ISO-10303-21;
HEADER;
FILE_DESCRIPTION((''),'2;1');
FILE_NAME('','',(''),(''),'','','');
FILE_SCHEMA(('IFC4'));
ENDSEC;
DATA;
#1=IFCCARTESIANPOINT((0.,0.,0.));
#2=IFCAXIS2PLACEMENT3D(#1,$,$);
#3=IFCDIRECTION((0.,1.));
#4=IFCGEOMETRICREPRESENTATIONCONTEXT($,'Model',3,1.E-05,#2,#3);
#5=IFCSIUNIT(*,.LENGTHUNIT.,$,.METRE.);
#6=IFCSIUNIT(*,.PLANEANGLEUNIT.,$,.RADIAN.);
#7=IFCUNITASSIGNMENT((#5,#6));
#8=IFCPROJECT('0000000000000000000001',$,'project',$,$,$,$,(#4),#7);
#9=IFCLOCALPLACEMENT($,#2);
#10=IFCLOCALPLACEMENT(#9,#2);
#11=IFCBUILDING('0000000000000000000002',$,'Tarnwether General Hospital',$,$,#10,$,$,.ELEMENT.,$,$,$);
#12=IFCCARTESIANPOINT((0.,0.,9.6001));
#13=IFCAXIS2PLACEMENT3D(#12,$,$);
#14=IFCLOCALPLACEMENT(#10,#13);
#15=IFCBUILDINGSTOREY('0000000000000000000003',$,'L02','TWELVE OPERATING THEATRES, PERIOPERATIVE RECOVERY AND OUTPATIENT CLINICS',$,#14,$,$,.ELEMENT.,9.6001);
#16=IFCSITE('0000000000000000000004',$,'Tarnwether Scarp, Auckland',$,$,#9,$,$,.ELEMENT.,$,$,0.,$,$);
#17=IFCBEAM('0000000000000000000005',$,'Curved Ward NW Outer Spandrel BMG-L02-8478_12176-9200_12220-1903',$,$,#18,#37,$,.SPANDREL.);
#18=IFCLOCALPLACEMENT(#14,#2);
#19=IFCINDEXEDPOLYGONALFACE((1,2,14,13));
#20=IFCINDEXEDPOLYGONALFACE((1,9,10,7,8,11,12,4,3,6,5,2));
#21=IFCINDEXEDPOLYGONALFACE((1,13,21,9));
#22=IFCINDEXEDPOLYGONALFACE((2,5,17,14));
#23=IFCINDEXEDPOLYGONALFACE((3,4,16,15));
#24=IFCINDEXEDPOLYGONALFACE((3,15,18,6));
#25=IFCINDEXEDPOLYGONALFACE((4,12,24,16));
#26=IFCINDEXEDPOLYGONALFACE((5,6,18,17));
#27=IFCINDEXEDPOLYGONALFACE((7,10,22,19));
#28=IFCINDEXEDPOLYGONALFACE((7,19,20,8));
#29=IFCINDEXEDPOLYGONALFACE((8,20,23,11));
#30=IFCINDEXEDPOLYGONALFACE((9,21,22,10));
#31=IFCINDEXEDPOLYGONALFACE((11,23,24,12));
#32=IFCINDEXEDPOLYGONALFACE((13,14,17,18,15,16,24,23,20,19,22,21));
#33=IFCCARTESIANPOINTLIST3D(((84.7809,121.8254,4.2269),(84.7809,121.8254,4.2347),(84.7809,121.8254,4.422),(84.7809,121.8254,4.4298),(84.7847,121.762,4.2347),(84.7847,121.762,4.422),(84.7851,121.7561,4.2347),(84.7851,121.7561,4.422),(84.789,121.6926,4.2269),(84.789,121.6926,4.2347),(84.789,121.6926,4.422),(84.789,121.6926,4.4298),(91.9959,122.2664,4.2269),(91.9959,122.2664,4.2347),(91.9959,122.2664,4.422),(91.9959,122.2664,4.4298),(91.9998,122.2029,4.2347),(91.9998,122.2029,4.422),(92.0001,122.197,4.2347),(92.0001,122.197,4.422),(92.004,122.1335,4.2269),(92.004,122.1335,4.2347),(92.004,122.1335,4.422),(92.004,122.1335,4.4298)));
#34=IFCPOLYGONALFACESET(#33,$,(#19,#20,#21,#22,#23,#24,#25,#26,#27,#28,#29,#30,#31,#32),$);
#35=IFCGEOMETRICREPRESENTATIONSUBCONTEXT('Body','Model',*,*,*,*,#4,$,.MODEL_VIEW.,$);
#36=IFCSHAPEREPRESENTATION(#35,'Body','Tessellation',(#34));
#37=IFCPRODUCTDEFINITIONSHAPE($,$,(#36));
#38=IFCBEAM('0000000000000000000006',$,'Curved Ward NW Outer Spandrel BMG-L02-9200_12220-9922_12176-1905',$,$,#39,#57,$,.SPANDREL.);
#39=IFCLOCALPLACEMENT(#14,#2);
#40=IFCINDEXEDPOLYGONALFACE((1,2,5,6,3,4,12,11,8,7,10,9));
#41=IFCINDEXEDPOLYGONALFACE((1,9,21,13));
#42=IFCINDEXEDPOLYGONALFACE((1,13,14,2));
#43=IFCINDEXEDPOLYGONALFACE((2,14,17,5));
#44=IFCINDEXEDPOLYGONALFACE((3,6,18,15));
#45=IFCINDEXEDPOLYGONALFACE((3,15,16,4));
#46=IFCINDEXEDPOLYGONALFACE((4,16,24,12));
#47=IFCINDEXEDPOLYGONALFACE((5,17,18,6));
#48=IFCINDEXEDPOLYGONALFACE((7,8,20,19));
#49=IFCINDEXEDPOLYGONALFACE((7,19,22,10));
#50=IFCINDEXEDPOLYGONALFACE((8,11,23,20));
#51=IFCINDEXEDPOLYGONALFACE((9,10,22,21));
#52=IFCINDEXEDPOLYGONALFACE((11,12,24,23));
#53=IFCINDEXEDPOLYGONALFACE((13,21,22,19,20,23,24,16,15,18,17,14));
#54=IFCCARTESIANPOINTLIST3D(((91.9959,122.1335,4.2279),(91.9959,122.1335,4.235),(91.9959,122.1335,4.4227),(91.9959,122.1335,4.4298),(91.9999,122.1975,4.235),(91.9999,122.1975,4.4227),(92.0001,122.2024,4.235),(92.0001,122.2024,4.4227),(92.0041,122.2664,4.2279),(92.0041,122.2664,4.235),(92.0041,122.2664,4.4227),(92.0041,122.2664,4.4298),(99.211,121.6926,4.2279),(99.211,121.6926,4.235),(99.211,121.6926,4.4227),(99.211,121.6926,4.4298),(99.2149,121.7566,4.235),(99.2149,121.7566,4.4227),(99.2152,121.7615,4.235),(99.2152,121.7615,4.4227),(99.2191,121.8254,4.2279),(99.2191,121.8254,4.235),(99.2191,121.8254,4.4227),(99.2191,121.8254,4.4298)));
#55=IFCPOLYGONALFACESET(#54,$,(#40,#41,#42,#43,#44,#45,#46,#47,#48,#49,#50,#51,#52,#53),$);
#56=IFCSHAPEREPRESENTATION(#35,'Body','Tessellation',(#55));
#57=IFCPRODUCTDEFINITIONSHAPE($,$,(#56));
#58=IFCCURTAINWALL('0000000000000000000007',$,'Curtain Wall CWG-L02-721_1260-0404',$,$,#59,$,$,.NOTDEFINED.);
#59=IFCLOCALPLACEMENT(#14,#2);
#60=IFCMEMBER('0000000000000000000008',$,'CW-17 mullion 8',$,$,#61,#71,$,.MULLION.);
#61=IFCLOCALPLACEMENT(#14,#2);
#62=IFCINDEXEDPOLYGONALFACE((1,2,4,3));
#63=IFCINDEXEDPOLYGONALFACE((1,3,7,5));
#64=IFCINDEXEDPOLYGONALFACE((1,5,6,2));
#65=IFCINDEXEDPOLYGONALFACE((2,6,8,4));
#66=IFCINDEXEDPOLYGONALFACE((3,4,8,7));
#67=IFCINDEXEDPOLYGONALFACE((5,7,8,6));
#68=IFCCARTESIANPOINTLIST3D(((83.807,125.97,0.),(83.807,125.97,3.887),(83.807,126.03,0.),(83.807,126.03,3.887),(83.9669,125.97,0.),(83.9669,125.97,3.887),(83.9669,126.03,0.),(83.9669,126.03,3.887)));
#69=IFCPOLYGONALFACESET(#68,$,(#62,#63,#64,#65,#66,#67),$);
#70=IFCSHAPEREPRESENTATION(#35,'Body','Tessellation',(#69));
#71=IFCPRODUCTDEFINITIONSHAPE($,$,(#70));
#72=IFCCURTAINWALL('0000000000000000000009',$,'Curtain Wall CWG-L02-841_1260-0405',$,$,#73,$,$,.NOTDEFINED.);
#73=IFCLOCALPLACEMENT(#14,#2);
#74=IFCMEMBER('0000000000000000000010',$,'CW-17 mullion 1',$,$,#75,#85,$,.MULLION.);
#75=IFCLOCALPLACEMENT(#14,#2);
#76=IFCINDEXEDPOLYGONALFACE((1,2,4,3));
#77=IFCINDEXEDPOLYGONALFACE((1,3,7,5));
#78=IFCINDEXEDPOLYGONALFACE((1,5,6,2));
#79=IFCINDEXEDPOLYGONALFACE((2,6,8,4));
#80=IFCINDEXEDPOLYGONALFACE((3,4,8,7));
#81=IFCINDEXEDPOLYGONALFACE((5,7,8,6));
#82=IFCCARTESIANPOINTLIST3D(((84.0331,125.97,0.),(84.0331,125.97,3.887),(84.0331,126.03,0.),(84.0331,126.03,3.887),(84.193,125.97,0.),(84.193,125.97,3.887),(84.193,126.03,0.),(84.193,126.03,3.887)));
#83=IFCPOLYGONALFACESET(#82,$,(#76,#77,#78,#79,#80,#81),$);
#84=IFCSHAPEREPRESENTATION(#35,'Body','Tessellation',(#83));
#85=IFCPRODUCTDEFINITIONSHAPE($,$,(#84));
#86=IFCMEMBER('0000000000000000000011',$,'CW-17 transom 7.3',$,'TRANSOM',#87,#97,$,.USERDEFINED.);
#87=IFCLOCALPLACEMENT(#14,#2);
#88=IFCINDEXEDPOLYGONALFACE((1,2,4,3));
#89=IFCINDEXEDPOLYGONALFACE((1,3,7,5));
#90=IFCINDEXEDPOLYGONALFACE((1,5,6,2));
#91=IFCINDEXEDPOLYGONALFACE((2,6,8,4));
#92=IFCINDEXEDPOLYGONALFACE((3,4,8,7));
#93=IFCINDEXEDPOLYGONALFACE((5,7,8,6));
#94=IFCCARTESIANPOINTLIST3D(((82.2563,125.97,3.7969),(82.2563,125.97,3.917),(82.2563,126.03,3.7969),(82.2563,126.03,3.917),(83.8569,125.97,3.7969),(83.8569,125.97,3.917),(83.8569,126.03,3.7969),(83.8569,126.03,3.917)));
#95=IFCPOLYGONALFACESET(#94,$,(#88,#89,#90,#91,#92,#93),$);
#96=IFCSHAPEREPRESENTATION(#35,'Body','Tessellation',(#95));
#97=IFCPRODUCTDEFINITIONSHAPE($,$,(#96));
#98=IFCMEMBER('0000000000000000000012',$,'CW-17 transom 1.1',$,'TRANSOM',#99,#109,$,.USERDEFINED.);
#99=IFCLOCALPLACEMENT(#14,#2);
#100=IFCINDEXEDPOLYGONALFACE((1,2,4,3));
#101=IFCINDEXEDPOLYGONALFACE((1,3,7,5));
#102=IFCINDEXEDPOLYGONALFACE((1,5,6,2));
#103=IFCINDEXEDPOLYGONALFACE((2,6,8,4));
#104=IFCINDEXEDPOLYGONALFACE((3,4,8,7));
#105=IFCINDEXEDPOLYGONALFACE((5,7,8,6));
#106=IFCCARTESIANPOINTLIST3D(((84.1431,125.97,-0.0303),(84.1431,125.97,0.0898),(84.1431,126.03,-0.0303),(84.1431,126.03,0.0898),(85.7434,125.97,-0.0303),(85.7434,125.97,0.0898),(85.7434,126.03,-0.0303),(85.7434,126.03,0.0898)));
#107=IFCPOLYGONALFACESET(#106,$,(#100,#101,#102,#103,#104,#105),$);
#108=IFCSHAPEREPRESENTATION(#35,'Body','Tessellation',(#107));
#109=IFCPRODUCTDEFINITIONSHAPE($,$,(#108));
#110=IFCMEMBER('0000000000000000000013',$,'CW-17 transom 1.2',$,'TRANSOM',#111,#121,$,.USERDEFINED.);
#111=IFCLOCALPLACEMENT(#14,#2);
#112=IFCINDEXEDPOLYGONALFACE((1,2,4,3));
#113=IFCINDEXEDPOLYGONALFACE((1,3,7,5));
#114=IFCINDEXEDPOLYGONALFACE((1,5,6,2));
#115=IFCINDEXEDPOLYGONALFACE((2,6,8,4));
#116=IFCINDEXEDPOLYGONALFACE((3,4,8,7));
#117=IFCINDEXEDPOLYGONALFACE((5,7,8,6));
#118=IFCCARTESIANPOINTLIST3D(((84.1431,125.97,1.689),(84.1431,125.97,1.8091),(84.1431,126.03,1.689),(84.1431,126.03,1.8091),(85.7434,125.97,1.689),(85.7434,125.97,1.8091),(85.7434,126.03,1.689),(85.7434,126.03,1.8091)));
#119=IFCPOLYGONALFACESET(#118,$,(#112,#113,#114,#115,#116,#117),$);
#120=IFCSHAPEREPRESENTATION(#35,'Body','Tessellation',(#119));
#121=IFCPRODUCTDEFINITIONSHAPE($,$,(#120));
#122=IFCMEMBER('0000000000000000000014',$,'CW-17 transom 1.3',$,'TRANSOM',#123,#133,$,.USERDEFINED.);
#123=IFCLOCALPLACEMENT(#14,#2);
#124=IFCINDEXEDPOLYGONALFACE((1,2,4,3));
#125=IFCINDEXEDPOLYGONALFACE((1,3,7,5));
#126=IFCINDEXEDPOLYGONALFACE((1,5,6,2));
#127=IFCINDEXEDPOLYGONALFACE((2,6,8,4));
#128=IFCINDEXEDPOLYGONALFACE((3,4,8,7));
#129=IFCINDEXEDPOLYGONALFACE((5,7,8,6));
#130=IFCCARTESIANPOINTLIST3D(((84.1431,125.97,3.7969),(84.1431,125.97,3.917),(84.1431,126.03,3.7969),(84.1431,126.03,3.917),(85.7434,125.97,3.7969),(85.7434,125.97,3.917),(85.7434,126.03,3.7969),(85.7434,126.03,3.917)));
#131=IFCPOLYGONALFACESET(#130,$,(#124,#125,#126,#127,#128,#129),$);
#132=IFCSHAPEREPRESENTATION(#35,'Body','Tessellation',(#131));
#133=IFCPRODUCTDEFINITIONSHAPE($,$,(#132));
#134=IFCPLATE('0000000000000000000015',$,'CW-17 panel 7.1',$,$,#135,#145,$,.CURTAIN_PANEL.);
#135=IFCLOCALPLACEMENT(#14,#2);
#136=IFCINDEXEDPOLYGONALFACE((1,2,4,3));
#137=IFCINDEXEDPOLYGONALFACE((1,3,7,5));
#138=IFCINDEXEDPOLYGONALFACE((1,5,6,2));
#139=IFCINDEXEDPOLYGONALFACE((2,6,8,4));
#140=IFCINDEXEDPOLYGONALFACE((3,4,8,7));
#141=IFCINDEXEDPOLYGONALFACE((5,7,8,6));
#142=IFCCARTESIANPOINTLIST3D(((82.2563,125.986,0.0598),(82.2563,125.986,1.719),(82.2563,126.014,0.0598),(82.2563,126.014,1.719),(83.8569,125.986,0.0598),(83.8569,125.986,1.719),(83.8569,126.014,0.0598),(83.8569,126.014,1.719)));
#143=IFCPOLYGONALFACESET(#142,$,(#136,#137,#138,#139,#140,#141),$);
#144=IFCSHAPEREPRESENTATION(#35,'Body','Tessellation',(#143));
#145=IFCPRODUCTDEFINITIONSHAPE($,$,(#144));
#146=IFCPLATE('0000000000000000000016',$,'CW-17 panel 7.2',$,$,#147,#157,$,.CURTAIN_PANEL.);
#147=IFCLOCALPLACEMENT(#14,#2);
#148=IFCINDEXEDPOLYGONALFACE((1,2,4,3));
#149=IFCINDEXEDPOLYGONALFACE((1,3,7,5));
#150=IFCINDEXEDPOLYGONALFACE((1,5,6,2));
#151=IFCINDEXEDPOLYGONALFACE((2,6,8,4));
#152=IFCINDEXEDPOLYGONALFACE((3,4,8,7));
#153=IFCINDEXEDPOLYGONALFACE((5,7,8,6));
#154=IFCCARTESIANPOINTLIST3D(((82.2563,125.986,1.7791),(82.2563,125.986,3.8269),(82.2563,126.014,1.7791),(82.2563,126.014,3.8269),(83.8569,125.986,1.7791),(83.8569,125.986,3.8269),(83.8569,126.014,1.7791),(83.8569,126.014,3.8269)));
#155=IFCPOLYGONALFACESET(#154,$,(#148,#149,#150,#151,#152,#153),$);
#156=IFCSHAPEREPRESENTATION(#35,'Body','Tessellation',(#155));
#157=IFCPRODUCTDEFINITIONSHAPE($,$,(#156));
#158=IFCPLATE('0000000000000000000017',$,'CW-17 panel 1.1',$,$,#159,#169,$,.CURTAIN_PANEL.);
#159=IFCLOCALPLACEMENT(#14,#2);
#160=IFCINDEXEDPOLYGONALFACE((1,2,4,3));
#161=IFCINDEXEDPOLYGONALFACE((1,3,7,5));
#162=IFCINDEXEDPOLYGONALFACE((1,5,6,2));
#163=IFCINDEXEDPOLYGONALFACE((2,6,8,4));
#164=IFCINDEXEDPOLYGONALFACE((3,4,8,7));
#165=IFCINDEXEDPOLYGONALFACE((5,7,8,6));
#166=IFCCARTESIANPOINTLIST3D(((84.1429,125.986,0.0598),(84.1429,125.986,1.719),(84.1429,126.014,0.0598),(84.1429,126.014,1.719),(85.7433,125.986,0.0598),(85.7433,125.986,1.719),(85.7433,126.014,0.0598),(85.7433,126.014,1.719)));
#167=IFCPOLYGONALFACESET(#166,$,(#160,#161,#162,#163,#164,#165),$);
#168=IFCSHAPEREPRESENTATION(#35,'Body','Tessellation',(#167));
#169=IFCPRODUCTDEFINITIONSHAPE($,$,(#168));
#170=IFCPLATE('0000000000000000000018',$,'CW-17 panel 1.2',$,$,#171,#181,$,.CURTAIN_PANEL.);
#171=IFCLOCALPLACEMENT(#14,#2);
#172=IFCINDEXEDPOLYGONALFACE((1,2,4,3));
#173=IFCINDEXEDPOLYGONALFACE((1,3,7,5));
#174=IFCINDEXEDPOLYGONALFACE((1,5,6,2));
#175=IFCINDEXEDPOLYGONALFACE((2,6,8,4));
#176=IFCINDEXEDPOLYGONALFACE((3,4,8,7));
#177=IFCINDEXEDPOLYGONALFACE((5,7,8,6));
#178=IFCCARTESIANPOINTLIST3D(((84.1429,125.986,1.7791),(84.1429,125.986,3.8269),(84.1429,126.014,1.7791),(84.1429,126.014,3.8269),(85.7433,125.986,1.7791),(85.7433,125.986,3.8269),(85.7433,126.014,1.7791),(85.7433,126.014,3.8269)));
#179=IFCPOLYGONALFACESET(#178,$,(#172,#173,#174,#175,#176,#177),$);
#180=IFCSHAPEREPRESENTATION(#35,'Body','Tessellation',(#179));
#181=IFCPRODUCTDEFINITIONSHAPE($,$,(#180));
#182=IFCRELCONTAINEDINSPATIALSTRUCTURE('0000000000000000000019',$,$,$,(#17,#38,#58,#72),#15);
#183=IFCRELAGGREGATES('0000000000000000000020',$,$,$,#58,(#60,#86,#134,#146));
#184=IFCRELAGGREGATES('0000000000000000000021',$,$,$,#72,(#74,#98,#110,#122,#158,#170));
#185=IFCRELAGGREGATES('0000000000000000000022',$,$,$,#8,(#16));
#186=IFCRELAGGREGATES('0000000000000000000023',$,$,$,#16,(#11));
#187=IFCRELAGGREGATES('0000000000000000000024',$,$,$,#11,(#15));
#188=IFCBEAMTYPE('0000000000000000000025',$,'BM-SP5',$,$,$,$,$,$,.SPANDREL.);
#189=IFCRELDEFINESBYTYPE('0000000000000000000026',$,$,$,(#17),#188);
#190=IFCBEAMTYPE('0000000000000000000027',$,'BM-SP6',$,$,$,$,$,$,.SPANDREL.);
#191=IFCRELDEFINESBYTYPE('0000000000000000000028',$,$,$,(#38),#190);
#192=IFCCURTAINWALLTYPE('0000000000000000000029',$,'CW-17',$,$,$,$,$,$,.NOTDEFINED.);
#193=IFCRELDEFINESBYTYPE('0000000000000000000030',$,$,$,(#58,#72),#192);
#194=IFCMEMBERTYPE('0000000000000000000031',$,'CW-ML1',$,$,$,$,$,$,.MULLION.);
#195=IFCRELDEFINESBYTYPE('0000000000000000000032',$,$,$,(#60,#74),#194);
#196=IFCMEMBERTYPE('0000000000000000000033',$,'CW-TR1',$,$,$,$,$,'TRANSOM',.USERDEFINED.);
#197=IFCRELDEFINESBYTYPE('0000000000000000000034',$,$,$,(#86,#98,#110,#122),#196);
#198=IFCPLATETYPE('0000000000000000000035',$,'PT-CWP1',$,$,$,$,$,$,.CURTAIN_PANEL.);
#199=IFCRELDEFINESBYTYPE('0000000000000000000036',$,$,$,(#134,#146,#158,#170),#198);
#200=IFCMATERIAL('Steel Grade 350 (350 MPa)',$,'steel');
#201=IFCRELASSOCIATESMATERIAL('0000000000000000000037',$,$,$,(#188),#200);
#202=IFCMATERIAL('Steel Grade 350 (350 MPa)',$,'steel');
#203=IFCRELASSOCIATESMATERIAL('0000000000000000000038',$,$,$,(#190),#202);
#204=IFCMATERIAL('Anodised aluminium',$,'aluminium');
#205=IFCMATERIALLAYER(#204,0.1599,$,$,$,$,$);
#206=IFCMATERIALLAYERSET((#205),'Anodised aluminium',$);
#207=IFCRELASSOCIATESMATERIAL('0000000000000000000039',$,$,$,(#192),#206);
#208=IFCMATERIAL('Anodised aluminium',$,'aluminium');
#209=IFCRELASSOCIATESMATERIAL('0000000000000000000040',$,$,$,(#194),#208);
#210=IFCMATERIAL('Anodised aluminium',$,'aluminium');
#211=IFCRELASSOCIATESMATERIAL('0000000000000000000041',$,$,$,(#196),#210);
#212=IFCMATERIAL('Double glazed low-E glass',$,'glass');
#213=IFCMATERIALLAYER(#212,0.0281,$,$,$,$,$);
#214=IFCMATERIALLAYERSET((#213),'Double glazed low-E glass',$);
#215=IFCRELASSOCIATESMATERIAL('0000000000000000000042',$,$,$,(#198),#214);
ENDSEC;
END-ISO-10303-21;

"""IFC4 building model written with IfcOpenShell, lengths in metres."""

from ifc_helpers import new_model, si_unit, direction, frame, origin, origin_2d, place, context, subcontext, project, spatial, rectangle, i_section, extrude, material, layer, layer_set, material_profile, profile_set, type_object, element, aggregate, save


model = new_model("IFC4")

# Units and contexts
model_context = context("Model", 3, precision=1e-05, world=origin(), true_north=direction((0.0, 1.0)))
body_context = subcontext(model_context, "Body", "Model", "MODEL_VIEW")
ifc_project = project(units=[si_unit("LENGTHUNIT", "METRE"), si_unit("PLANEANGLEUNIT", "RADIAN")], contexts=[model_context])

# Site, building, storey
site_placement = place(None, origin())
site = spatial("IfcSite", under=ifc_project, at=site_placement, Name="Tarnwether Scarp, Auckland", CompositionType="ELEMENT", RefElevation=0.0)
building_placement = place(site_placement, origin())
building = spatial("IfcBuilding", under=site, at=building_placement, Name="Tarnwether General Hospital", CompositionType="ELEMENT")
storey_placement = place(building_placement, frame((0.0, 0.0, 9.6001)))
storey = spatial("IfcBuildingStorey", under=building, at=storey_placement, Name="L02", Description="TWELVE OPERATING THEATRES, PERIOPERATIVE RECOVERY AND OUTPATIENT CLINICS", CompositionType="ELEMENT", Elevation=9.6001)

# Beams
ifc_material_1 = material(Name="Steel Grade 350 (350 MPa)", Category="steel")
ifc_material_profile_1 = material_profile(ifc_material_1, i_section(OverallWidth=0.1331, OverallDepth=0.2029, WebThickness=0.0059, FlangeThickness=0.0078, at=origin_2d()), Name="200UB25.4")
ifc_profile_set_1 = profile_set([ifc_material_profile_1], Name="Steel Grade 350 (350 MPa)")
beam_type_1 = type_object("IfcBeamType", Name="BM-SP5", PredefinedType="SPANDREL", material=ifc_profile_set_1)
beam_1_placement = place(storey_placement, frame((84.7849, 121.759, 4.3284), z_axis=(0.998138, 0.060997, 0.0), x_axis=(-0.060997, 0.998138, 0.0)))
element("IfcBeam", 1, at=beam_1_placement, inside=storey, type_object=beam_type_1, Name="Curved Ward NW Outer Spandrel BMG-L02-8478_12176-9200_12220-1903", PredefinedType="SPANDREL", context=body_context, shape_type="SweptSolid", body=[
    extrude(i_section(OverallWidth=0.1331, OverallDepth=0.2029, WebThickness=0.0059, FlangeThickness=0.0078, at=origin_2d()), origin(), (0.0, 0.0, 1.0), 7.2285),
])
ifc_material_2 = material(Name="Steel Grade 350 (350 MPa)", Category="steel")
ifc_material_profile_2 = material_profile(ifc_material_2, i_section(OverallWidth=0.1331, OverallDepth=0.2019, WebThickness=0.0049, FlangeThickness=0.0071, at=origin_2d()), Name="200UB22.3")
ifc_profile_set_2 = profile_set([ifc_material_profile_2], Name="Steel Grade 350 (350 MPa)")
beam_type_2 = type_object("IfcBeamType", Name="BM-SP6", PredefinedType="SPANDREL", material=ifc_profile_set_2)
beam_2_placement = place(storey_placement, frame((92.0, 122.2, 4.3289), z_axis=(0.998138, -0.060997, 0.0), x_axis=(0.060997, 0.998138, 0.0)))
element("IfcBeam", 2, at=beam_2_placement, inside=storey, type_object=beam_type_2, Name="Curved Ward NW Outer Spandrel BMG-L02-9200_12220-9922_12176-1905", PredefinedType="SPANDREL", context=body_context, shape_type="SweptSolid", body=[
    extrude(i_section(OverallWidth=0.1331, OverallDepth=0.2019, WebThickness=0.0049, FlangeThickness=0.0071, at=origin_2d()), origin(), (0.0, 0.0, 1.0), 7.2285),
])

# Curtain walls, members
ifc_material_3 = material(Name="Anodised aluminium", Category="aluminium")
ifc_layer_1 = layer(ifc_material_3, 0.1599)
ifc_layer_set_1 = layer_set([ifc_layer_1], Name="Anodised aluminium")
curtain_wall_type = type_object("IfcCurtainWallType", Name="CW-17", PredefinedType="NOTDEFINED", material=ifc_layer_set_1)
curtain_wall_1_placement = place(storey_placement, origin())
curtain_wall_1 = element("IfcCurtainWall", 3, at=curtain_wall_1_placement, inside=storey, type_object=curtain_wall_type, Name="Curtain Wall CWG-L02-721_1260-0404", PredefinedType="NOTDEFINED")
ifc_material_4 = material(Name="Anodised aluminium", Category="aluminium")
ifc_material_profile_3 = material_profile(ifc_material_4, rectangle(XDim=0.0601, YDim=0.1599, at=origin_2d()), Name="ALU-MUL-60x160")
ifc_profile_set_3 = profile_set([ifc_material_profile_3], Name="Anodised aluminium")
member_type_1 = type_object("IfcMemberType", Name="CW-ML1", PredefinedType="MULLION", material=ifc_profile_set_3)
member_1_placement = place(storey_placement, frame((83.887, 126.0, 0.0), z_axis=(0.0, 0.0, 1.0), x_axis=(0.0, 1.0, 0.0)))
member_1 = element("IfcMember", 4, at=member_1_placement, type_object=member_type_1, Name="CW-17 mullion 8", PredefinedType="MULLION", context=body_context, shape_type="SweptSolid", body=[
    extrude(rectangle(XDim=0.0601, YDim=0.1599, at=origin_2d()), origin(), (0.0, 0.0, 1.0), 3.887),
])
curtain_wall_2_placement = place(storey_placement, origin())
curtain_wall_2 = element("IfcCurtainWall", 5, at=curtain_wall_2_placement, inside=storey, type_object=curtain_wall_type, Name="Curtain Wall CWG-L02-841_1260-0405", PredefinedType="NOTDEFINED")
member_2_placement = place(storey_placement, frame((84.113, 126.0, 0.0), z_axis=(0.0, 0.0, 1.0), x_axis=(0.0, 1.0, 0.0)))
member_2 = element("IfcMember", 6, at=member_2_placement, type_object=member_type_1, Name="CW-17 mullion 1", PredefinedType="MULLION", context=body_context, shape_type="SweptSolid", body=[
    extrude(rectangle(XDim=0.0601, YDim=0.1599, at=origin_2d()), origin(), (0.0, 0.0, 1.0), 3.887),
])

# Members
ifc_material_5 = material(Name="Anodised aluminium", Category="aluminium")
ifc_material_profile_4 = material_profile(ifc_material_5, rectangle(XDim=0.0601, YDim=0.1201, at=origin_2d()), Name="ALU-TRN-60x120")
ifc_profile_set_4 = profile_set([ifc_material_profile_4], Name="Anodised aluminium")
member_type_2 = type_object("IfcMemberType", Name="CW-TR1", ElementType="TRANSOM", PredefinedType="USERDEFINED", material=ifc_profile_set_4)
member_3_placement = place(storey_placement, frame((82.2563, 126.0, 3.8569), z_axis=(1.0, 0.0, 0.0), x_axis=(0.0, 1.0, 0.0)))
member_3 = element("IfcMember", 7, at=member_3_placement, type_object=member_type_2, Name="CW-17 transom 7.3", ObjectType="TRANSOM", PredefinedType="USERDEFINED", context=body_context, shape_type="SweptSolid", body=[
    extrude(rectangle(XDim=0.0601, YDim=0.1201, at=origin_2d()), origin(), (0.0, 0.0, 1.0), 1.6006),
])
member_4_placement = place(storey_placement, frame((84.1431, 126.0, 0.0298), z_axis=(1.0, 0.0, 0.0), x_axis=(0.0, 1.0, 0.0)))
member_4 = element("IfcMember", 8, at=member_4_placement, type_object=member_type_2, Name="CW-17 transom 1.1", ObjectType="TRANSOM", PredefinedType="USERDEFINED", context=body_context, shape_type="SweptSolid", body=[
    extrude(rectangle(XDim=0.0601, YDim=0.1201, at=origin_2d()), origin(), (0.0, 0.0, 1.0), 1.6003),
])
member_5_placement = place(storey_placement, frame((84.1431, 126.0, 1.749), z_axis=(1.0, 0.0, 0.0), x_axis=(0.0, 1.0, 0.0)))
member_5 = element("IfcMember", 9, at=member_5_placement, type_object=member_type_2, Name="CW-17 transom 1.2", ObjectType="TRANSOM", PredefinedType="USERDEFINED", context=body_context, shape_type="SweptSolid", body=[
    extrude(rectangle(XDim=0.0601, YDim=0.1201, at=origin_2d()), origin(), (0.0, 0.0, 1.0), 1.6003),
])
member_6_placement = place(storey_placement, frame((84.1431, 126.0, 3.8569), z_axis=(1.0, 0.0, 0.0), x_axis=(0.0, 1.0, 0.0)))
member_6 = element("IfcMember", 10, at=member_6_placement, type_object=member_type_2, Name="CW-17 transom 1.3", ObjectType="TRANSOM", PredefinedType="USERDEFINED", context=body_context, shape_type="SweptSolid", body=[
    extrude(rectangle(XDim=0.0601, YDim=0.1201, at=origin_2d()), origin(), (0.0, 0.0, 1.0), 1.6003),
])

# Plates
ifc_material_6 = material(Name="Double glazed low-E glass", Category="glass")
ifc_layer_2 = layer(ifc_material_6, 0.0281)
ifc_layer_set_2 = layer_set([ifc_layer_2], Name="Double glazed low-E glass")
plate_type_1 = type_object("IfcPlateType", Name="PT-CWP1", PredefinedType="CURTAIN_PANEL", material=ifc_layer_set_2)
plate_1_placement = place(storey_placement, frame((83.0566, 126.0, 0.0598), z_axis=(0.0, 0.0, 1.0), x_axis=(1.0, 0.0, 0.0)))
plate_1 = element("IfcPlate", 11, at=plate_1_placement, type_object=plate_type_1, Name="CW-17 panel 7.1", PredefinedType="CURTAIN_PANEL", context=body_context, shape_type="SweptSolid", body=[
    extrude(rectangle(XDim=1.6006, YDim=0.0281, at=origin_2d()), origin(), (0.0, 0.0, 1.0), 1.6592),
])
plate_2_placement = place(storey_placement, frame((83.0566, 126.0, 1.7791), z_axis=(0.0, 0.0, 1.0), x_axis=(1.0, 0.0, 0.0)))
plate_2 = element("IfcPlate", 12, at=plate_2_placement, type_object=plate_type_1, Name="CW-17 panel 7.2", PredefinedType="CURTAIN_PANEL", context=body_context, shape_type="SweptSolid", body=[
    extrude(rectangle(XDim=1.6006, YDim=0.0281, at=origin_2d()), origin(), (0.0, 0.0, 1.0), 2.0479),
])
aggregate(curtain_wall_1, [member_1, member_3, plate_1, plate_2])
plate_3_placement = place(storey_placement, frame((84.9431, 126.0, 0.0598), z_axis=(0.0, 0.0, 1.0), x_axis=(1.0, 0.0, 0.0)))
plate_3 = element("IfcPlate", 13, at=plate_3_placement, type_object=plate_type_1, Name="CW-17 panel 1.1", PredefinedType="CURTAIN_PANEL", context=body_context, shape_type="SweptSolid", body=[
    extrude(rectangle(XDim=1.6003, YDim=0.0281, at=origin_2d()), origin(), (0.0, 0.0, 1.0), 1.6592),
])
plate_4_placement = place(storey_placement, frame((84.9431, 126.0, 1.7791), z_axis=(0.0, 0.0, 1.0), x_axis=(1.0, 0.0, 0.0)))
plate_4 = element("IfcPlate", 14, at=plate_4_placement, type_object=plate_type_1, Name="CW-17 panel 1.2", PredefinedType="CURTAIN_PANEL", context=body_context, shape_type="SweptSolid", body=[
    extrude(rectangle(XDim=1.6003, YDim=0.0281, at=origin_2d()), origin(), (0.0, 0.0, 1.0), 2.0479),
])
aggregate(curtain_wall_2, [member_2, member_4, member_5, member_6, plate_3, plate_4])

save(model, "model.ifc")
